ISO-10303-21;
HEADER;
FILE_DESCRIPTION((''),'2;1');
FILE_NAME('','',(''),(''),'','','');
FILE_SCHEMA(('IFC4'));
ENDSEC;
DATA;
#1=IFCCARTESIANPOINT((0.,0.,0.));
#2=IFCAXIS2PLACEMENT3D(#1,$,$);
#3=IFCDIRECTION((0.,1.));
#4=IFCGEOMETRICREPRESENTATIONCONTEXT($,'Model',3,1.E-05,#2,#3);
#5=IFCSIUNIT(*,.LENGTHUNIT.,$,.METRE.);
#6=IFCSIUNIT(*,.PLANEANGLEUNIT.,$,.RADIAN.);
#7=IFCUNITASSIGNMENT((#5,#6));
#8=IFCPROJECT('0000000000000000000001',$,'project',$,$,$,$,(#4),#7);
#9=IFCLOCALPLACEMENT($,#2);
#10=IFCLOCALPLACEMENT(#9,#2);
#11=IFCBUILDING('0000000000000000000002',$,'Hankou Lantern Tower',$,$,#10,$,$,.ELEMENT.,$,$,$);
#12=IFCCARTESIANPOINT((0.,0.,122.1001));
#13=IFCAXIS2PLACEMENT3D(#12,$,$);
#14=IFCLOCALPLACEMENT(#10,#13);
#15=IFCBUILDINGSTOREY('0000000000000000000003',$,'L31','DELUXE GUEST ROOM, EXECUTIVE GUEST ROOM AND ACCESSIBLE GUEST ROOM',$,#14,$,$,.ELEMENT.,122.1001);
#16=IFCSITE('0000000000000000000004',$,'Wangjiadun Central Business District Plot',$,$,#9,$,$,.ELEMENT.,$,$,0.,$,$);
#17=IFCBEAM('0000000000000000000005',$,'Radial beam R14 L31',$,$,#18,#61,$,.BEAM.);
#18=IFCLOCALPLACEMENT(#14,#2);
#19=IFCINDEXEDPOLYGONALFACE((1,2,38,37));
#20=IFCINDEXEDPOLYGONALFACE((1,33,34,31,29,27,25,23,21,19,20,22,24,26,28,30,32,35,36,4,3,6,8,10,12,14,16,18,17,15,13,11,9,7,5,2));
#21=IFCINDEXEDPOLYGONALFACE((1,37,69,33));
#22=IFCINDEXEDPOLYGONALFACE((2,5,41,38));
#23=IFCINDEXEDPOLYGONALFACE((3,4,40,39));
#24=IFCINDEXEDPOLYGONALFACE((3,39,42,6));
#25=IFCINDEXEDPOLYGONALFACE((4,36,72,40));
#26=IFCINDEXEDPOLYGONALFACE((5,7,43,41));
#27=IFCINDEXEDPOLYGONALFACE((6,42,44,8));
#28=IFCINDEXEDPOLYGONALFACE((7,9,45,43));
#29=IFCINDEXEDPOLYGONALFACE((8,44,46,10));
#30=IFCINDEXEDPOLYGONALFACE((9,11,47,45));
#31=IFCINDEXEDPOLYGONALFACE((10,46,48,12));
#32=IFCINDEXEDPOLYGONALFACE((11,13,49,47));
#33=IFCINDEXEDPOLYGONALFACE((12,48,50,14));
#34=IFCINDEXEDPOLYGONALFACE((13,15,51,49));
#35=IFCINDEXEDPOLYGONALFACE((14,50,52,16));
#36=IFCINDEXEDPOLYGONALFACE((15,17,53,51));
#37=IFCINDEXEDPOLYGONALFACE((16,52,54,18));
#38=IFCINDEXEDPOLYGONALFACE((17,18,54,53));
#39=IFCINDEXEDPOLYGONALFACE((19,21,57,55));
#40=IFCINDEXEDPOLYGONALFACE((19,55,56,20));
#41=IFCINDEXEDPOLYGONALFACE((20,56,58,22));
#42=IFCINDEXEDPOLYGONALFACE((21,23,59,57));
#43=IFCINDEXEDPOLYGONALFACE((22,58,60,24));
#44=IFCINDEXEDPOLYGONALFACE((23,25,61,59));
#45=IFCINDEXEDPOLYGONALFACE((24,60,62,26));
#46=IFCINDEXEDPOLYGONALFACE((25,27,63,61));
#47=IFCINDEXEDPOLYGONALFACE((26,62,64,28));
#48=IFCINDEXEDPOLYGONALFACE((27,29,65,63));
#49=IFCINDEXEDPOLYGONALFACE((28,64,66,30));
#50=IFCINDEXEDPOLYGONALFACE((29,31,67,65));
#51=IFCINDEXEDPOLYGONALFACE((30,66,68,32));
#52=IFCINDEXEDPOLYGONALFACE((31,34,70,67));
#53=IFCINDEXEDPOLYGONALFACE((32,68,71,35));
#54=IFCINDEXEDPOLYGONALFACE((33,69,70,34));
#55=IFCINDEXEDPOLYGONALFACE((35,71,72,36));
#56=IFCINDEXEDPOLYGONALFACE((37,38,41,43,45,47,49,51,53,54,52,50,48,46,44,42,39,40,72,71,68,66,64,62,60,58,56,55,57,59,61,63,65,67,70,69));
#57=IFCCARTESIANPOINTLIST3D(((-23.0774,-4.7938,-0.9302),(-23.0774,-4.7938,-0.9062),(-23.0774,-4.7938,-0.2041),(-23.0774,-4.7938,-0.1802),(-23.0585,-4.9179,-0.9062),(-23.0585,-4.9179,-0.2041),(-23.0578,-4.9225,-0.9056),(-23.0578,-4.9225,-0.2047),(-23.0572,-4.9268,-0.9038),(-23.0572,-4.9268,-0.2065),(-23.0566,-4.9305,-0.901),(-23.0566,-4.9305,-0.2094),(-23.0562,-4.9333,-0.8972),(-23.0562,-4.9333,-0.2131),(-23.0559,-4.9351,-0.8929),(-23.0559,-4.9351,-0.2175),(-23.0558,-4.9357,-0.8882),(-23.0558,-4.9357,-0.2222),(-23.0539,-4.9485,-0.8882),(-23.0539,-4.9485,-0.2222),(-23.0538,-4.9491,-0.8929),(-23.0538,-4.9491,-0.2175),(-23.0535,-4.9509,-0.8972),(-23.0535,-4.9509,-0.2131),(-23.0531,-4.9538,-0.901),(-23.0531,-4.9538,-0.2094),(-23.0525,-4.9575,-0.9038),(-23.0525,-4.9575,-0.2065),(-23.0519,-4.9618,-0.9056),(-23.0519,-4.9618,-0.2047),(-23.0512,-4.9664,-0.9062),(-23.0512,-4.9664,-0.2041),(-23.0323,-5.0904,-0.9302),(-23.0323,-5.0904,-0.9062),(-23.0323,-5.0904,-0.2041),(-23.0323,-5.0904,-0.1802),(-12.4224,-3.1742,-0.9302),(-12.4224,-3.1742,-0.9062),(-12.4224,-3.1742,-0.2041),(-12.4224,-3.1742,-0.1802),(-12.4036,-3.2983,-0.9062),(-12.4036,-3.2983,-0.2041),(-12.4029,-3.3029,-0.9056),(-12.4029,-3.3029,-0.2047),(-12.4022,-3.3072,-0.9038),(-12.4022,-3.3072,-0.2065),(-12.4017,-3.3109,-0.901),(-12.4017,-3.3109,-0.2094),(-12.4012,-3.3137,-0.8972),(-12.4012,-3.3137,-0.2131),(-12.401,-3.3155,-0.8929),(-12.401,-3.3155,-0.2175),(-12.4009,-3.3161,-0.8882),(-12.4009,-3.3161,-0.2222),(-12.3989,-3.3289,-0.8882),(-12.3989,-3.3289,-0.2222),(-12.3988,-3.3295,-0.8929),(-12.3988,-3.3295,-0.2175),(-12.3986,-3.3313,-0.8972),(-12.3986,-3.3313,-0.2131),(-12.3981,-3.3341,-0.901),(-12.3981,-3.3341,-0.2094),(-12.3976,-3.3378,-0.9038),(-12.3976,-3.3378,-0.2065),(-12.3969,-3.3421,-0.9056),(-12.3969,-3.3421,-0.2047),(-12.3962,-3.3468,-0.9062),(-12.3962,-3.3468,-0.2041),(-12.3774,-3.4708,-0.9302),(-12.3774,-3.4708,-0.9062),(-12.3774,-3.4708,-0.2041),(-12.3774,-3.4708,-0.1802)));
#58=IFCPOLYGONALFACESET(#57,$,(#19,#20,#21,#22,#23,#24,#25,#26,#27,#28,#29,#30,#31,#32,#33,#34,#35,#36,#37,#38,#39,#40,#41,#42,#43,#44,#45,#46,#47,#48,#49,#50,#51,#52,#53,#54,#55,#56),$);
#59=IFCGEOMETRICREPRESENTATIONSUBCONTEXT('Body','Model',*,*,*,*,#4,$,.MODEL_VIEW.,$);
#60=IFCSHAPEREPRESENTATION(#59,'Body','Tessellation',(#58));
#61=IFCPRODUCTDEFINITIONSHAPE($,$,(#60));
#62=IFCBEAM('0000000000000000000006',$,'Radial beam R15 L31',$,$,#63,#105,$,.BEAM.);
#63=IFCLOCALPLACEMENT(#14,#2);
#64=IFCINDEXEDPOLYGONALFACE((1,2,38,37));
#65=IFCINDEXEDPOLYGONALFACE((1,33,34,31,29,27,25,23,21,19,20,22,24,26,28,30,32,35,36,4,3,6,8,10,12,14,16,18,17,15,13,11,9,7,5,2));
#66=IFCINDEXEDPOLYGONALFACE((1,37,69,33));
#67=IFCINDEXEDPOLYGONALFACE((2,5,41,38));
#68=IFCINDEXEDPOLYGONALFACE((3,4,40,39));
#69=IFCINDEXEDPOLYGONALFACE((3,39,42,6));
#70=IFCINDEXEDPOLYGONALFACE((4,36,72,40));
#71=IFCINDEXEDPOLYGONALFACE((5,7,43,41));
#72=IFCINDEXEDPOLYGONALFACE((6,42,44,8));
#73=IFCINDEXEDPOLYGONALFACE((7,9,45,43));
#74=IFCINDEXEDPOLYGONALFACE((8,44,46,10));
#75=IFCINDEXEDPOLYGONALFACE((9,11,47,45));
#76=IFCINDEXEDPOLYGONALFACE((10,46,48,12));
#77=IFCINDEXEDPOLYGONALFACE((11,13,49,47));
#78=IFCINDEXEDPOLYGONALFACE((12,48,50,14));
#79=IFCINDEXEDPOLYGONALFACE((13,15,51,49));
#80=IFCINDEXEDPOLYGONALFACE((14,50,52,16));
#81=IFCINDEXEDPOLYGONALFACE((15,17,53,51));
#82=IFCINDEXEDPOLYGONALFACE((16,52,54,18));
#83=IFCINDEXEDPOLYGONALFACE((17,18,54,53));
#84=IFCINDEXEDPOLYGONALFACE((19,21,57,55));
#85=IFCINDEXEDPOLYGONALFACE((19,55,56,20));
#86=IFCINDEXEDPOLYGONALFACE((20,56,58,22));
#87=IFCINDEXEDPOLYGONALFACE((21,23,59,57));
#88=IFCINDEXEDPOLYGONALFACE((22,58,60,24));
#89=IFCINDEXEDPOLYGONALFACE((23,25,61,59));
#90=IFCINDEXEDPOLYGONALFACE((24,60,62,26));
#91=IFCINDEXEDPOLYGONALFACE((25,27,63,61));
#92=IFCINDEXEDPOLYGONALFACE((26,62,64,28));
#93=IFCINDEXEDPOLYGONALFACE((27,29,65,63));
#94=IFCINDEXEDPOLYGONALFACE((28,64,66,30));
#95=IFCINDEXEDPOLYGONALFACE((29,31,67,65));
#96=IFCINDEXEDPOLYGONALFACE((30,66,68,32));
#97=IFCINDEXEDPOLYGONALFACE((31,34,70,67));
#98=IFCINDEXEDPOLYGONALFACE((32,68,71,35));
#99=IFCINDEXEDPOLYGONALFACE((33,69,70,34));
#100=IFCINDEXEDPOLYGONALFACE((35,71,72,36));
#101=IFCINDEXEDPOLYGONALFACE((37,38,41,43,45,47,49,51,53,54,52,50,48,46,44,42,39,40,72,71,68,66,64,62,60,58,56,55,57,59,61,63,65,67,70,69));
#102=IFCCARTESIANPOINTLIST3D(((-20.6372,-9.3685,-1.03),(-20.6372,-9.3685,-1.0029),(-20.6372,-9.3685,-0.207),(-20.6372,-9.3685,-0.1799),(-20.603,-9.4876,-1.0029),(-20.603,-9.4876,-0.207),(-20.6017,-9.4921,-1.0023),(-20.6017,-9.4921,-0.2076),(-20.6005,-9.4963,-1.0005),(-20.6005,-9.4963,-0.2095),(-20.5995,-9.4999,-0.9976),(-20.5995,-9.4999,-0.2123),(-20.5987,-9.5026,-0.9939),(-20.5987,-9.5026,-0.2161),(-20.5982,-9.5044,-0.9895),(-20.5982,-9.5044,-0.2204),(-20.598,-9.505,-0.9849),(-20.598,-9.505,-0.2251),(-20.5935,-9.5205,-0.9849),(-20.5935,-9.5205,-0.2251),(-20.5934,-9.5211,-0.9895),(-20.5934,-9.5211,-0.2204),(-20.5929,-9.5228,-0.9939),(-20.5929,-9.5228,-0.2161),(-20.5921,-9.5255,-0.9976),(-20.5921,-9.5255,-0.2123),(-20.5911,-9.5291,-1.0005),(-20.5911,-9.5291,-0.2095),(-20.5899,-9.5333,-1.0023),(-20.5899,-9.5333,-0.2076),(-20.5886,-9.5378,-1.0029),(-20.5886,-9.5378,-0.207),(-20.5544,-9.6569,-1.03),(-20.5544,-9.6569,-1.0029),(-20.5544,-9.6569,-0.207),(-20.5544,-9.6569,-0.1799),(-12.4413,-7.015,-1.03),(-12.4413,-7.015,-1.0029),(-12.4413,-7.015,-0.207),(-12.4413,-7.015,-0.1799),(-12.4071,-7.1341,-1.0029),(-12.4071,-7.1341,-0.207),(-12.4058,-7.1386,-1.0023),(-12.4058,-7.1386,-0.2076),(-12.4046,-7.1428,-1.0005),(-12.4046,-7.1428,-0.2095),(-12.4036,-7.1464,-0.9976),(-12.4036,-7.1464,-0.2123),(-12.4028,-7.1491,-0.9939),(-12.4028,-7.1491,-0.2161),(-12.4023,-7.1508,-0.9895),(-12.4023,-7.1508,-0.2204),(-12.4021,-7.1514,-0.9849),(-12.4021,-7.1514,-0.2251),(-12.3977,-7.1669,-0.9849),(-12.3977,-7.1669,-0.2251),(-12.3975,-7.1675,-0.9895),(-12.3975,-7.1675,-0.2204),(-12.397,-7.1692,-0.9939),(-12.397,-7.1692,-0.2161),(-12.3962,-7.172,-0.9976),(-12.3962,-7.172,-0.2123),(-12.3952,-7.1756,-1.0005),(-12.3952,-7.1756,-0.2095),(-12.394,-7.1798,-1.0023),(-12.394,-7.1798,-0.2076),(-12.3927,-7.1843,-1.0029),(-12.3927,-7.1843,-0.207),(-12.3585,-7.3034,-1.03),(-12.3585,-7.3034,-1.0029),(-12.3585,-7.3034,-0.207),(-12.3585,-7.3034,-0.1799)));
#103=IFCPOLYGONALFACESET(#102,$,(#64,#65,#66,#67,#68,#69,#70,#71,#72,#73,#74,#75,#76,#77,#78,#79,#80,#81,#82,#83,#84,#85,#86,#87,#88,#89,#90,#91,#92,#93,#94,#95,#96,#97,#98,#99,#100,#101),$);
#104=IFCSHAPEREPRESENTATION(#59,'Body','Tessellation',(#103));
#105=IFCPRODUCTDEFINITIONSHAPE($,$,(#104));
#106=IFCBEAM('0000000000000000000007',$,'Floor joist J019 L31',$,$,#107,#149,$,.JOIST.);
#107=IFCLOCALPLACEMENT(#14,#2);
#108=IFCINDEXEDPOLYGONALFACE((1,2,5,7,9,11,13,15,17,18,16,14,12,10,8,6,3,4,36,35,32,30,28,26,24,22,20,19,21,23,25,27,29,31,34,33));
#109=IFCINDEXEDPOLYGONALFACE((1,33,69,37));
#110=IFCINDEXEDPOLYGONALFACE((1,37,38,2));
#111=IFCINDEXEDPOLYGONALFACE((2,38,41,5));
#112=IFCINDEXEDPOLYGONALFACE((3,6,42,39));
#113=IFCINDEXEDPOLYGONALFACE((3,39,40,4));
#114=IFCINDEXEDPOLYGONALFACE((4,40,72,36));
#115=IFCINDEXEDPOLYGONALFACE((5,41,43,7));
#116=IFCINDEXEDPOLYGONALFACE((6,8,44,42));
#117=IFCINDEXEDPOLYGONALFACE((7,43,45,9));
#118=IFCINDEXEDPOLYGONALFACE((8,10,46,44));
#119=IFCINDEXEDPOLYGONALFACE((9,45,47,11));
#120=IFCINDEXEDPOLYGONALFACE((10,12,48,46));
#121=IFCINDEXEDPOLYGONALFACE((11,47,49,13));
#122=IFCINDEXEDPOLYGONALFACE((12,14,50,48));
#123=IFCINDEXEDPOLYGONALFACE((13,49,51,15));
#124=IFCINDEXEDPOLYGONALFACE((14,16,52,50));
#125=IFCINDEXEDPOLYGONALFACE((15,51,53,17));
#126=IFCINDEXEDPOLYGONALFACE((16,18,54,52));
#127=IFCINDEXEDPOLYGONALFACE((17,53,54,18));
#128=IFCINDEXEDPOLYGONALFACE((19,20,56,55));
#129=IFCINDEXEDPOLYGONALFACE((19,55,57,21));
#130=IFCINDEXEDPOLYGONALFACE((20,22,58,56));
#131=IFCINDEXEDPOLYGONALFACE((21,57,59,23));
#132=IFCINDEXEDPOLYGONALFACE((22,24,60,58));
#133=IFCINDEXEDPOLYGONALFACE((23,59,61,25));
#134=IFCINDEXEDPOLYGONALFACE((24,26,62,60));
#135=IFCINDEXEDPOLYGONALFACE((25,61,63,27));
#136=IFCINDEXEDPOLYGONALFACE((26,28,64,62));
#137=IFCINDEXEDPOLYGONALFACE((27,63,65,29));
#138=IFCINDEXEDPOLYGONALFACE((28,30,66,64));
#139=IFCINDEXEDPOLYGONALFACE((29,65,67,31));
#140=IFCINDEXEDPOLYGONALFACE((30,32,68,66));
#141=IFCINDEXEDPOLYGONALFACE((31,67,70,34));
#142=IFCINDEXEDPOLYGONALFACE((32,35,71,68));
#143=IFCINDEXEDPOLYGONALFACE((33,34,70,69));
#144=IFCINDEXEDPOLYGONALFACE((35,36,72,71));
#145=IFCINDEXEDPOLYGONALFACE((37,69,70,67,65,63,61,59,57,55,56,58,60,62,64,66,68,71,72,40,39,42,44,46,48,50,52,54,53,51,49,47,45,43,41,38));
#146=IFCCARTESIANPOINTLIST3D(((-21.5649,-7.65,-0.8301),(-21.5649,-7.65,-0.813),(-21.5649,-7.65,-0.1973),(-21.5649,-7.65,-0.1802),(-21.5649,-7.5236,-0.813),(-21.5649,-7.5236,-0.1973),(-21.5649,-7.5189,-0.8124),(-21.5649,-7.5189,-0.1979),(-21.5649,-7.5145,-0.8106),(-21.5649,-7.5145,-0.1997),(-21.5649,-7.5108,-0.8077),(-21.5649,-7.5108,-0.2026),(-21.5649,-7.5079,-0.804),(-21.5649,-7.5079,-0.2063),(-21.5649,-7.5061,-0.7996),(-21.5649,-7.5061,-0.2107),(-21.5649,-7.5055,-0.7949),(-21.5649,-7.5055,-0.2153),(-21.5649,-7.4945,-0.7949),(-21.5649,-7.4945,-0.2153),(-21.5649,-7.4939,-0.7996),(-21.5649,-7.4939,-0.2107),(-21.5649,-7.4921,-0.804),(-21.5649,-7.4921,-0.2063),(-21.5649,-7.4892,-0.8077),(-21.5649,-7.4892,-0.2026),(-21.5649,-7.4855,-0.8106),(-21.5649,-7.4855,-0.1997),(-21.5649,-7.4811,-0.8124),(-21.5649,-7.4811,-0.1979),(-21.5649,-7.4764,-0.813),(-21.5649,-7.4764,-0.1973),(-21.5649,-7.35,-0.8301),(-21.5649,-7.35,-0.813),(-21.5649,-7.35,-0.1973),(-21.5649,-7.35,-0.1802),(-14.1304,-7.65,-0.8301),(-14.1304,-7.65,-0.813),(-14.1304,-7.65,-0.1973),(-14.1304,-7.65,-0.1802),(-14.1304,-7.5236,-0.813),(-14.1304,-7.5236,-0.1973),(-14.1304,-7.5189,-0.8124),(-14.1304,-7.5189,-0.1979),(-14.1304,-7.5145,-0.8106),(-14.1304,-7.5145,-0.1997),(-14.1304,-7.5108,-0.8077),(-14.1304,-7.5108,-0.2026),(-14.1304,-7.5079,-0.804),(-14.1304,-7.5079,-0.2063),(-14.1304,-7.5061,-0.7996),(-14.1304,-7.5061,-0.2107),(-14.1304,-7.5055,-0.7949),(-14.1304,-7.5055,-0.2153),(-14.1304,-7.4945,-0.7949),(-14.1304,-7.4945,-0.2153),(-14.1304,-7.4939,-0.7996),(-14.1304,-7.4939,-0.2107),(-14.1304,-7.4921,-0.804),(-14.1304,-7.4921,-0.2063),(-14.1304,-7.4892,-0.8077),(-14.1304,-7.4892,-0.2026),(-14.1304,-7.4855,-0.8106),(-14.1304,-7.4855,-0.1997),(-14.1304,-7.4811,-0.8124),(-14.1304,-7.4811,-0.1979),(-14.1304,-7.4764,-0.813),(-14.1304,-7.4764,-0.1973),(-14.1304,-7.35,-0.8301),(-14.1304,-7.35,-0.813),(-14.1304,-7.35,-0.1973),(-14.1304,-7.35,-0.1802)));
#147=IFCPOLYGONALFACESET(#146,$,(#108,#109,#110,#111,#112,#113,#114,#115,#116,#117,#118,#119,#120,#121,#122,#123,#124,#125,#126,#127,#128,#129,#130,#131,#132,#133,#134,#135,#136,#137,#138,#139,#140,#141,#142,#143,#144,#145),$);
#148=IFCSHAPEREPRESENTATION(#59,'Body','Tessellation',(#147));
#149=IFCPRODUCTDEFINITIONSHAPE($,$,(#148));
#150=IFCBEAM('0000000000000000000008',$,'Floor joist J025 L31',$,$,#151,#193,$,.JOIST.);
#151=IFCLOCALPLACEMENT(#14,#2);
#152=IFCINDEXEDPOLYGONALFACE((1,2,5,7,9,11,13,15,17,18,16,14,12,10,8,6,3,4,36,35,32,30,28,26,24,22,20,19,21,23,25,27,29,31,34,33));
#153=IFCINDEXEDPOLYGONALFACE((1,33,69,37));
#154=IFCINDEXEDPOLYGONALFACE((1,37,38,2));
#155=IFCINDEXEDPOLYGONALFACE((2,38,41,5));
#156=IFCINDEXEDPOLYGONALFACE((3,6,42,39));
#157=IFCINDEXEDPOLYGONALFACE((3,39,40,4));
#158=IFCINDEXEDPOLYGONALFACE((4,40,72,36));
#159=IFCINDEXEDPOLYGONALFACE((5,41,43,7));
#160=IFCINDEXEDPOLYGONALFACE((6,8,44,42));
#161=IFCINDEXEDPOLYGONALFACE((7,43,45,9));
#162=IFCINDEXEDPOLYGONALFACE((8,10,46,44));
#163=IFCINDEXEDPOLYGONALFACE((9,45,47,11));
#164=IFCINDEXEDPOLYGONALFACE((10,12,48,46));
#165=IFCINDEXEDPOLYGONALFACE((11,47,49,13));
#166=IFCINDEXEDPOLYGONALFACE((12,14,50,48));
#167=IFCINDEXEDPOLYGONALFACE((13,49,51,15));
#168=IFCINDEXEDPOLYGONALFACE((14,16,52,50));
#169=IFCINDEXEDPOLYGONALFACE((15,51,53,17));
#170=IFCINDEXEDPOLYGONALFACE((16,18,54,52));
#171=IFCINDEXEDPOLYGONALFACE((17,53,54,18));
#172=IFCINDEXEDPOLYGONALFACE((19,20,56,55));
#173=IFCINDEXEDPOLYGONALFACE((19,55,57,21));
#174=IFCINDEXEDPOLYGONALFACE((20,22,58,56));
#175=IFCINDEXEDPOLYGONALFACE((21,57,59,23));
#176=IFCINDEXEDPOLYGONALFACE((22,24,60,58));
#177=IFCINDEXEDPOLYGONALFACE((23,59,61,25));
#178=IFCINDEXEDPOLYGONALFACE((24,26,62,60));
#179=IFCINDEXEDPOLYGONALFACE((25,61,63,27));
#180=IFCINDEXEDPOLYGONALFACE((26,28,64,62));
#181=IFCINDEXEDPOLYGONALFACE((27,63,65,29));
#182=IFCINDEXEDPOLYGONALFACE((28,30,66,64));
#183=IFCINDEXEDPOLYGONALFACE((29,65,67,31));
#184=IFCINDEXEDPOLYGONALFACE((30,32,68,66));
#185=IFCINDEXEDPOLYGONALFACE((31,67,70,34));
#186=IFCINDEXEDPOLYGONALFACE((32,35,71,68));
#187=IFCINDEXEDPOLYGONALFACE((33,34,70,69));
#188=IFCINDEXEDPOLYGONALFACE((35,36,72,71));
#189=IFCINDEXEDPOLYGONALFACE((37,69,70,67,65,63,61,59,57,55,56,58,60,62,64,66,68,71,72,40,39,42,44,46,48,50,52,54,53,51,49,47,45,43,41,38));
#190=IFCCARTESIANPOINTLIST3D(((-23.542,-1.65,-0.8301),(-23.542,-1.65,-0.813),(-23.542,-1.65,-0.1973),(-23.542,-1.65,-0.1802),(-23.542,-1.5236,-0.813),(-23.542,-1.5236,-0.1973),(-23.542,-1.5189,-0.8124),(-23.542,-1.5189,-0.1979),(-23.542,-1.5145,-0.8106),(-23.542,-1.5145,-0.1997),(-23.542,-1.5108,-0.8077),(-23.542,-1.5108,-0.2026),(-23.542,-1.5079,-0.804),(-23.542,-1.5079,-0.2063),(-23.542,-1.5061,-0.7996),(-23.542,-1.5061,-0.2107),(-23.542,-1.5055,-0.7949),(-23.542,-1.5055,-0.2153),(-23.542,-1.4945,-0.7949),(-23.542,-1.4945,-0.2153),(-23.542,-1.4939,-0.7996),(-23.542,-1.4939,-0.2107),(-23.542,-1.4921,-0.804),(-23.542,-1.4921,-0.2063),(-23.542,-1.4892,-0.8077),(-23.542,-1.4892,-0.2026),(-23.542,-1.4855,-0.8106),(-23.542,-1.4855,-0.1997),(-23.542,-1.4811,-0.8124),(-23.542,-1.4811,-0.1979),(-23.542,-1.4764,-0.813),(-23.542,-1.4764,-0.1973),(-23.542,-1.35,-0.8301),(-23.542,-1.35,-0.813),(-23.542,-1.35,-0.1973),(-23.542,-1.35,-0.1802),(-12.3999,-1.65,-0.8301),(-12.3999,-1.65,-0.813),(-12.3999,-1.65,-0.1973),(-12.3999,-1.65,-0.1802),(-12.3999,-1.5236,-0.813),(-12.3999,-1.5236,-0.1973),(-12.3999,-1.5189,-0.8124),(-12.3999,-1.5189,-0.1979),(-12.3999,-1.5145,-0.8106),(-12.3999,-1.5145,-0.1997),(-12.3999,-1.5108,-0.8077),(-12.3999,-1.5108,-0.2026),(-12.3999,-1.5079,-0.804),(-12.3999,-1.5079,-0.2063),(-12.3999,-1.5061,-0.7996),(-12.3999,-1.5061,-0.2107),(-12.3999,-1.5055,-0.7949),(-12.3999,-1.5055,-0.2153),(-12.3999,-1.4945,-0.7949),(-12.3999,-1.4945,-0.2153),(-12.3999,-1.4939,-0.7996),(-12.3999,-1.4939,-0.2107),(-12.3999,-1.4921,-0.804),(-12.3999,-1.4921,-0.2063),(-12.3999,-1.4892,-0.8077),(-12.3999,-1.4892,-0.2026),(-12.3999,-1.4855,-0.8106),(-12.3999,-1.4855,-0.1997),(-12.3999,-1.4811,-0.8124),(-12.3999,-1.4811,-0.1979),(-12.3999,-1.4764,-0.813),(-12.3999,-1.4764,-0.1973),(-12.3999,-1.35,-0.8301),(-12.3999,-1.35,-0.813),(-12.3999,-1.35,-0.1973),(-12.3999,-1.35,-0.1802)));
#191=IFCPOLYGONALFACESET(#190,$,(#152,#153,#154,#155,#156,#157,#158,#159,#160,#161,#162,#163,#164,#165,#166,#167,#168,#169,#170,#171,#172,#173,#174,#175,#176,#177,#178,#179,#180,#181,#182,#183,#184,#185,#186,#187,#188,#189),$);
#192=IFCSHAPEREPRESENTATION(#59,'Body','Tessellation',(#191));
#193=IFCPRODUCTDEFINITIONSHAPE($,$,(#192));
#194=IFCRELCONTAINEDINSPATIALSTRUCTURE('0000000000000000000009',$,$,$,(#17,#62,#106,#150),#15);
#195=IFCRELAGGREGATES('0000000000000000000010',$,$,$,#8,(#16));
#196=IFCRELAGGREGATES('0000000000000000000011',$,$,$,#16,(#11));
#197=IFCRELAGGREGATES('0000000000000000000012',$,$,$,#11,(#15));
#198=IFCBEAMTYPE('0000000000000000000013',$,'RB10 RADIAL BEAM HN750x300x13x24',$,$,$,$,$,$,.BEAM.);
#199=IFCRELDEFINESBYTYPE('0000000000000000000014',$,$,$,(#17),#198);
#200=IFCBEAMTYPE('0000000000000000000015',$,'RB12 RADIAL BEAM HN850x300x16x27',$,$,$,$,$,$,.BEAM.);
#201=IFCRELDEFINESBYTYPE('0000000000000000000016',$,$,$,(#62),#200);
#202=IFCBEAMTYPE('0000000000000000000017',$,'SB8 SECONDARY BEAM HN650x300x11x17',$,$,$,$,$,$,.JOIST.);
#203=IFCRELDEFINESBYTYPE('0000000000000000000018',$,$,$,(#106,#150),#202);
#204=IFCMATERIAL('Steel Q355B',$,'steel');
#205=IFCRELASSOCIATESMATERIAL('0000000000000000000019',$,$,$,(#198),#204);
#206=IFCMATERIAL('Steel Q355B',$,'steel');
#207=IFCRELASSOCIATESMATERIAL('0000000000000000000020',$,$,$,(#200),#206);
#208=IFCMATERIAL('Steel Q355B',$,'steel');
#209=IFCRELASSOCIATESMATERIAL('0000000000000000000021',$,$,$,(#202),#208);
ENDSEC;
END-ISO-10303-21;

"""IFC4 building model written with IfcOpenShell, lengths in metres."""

from ifc_helpers import new_model, si_unit, direction, frame, origin, origin_2d, place, context, subcontext, project, spatial, i_section, extrude, material, material_profile, profile_set, type_object, element, save


model = new_model("IFC4")

# Units and contexts
model_context = context("Model", 3, precision=1e-05, world=origin(), true_north=direction((0.0, 1.0)))
body_context = subcontext(model_context, "Body", "Model", "MODEL_VIEW")
ifc_project = project(units=[si_unit("LENGTHUNIT", "METRE"), si_unit("PLANEANGLEUNIT", "RADIAN")], contexts=[model_context])

# Site, building, storey
site_placement = place(None, origin())
site = spatial("IfcSite", under=ifc_project, at=site_placement, Name="Wangjiadun Central Business District Plot", CompositionType="ELEMENT", RefElevation=0.0)
building_placement = place(site_placement, origin())
building = spatial("IfcBuilding", under=site, at=building_placement, Name="Hankou Lantern Tower", CompositionType="ELEMENT")
storey_placement = place(building_placement, frame((0.0, 0.0, 122.1001)))
storey = spatial("IfcBuildingStorey", under=building, at=storey_placement, Name="L31", Description="DELUXE GUEST ROOM, EXECUTIVE GUEST ROOM AND ACCESSIBLE GUEST ROOM", CompositionType="ELEMENT", Elevation=122.1001)

# Beams
ifc_material_1 = material(Name="Steel Q355B", Category="steel")
ifc_material_profile_1 = material_profile(ifc_material_1, i_section(OverallWidth=0.3, OverallDepth=0.75, WebThickness=0.0129, FlangeThickness=0.0239, FilletRadius=0.0181, at=origin_2d()), Name="HN750x300x13x24")
ifc_profile_set_1 = profile_set([ifc_material_profile_1], Name="Steel Q355B")
beam_type_1 = type_object("IfcBeamType", Name="RB10 RADIAL BEAM HN750x300x13x24", PredefinedType="BEAM", material=ifc_profile_set_1)
beam_1_placement = place(storey_placement, frame((-12.3999, -3.3225, -0.5552), z_axis=(-0.988644, -0.15028, 0.0), x_axis=(0.15028, -0.988644, 0.0)))
element("IfcBeam", 1, at=beam_1_placement, inside=storey, type_object=beam_type_1, Name="Radial beam R14 L31", PredefinedType="BEAM", context=body_context, shape_type="SweptSolid", body=[
    extrude(i_section(OverallWidth=0.3, OverallDepth=0.75, WebThickness=0.0129, FlangeThickness=0.0239, FilletRadius=0.0181, at=origin_2d()), origin(), (0.0, 0.0, 1.0), 10.7773),
])
ifc_material_2 = material(Name="Steel Q355B", Category="steel")
ifc_material_profile_2 = material_profile(ifc_material_2, i_section(OverallWidth=0.3, OverallDepth=0.8501, WebThickness=0.0161, FlangeThickness=0.0271, FilletRadius=0.0181, at=origin_2d()), Name="HN850x300x16x27")
ifc_profile_set_2 = profile_set([ifc_material_profile_2], Name="Steel Q355B")
beam_type_2 = type_object("IfcBeamType", Name="RB12 RADIAL BEAM HN850x300x16x27", PredefinedType="BEAM", material=ifc_profile_set_2)
beam_2_placement = place(storey_placement, frame((-12.3999, -7.1592, -0.605), z_axis=(-0.961156, -0.276007, 0.0), x_axis=(0.276007, -0.961156, 0.0)))
element("IfcBeam", 2, at=beam_2_placement, inside=storey, type_object=beam_type_2, Name="Radial beam R15 L31", PredefinedType="BEAM", context=body_context, shape_type="SweptSolid", body=[
    extrude(i_section(OverallWidth=0.3, OverallDepth=0.8501, WebThickness=0.0161, FlangeThickness=0.0271, FilletRadius=0.0181, at=origin_2d()), origin(), (0.0, 0.0, 1.0), 8.5271),
])
ifc_material_3 = material(Name="Steel Q355B", Category="steel")
ifc_material_profile_3 = material_profile(ifc_material_3, i_section(OverallWidth=0.3, OverallDepth=0.6499, WebThickness=0.011, FlangeThickness=0.0171, FilletRadius=0.0181, at=origin_2d()), Name="HN650x300x11x17")
ifc_profile_set_3 = profile_set([ifc_material_profile_3], Name="Steel Q355B")
beam_type_3 = type_object("IfcBeamType", Name="SB8 SECONDARY BEAM HN650x300x11x17", PredefinedType="JOIST", material=ifc_profile_set_3)
beam_3_placement = place(storey_placement, frame((-21.5649, -7.5, -0.5051), z_axis=(1.0, 0.0, 0.0), x_axis=(0.0, 1.0, 0.0)))
element("IfcBeam", 3, at=beam_3_placement, inside=storey, type_object=beam_type_3, Name="Floor joist J019 L31", PredefinedType="JOIST", context=body_context, shape_type="SweptSolid", body=[
    extrude(i_section(OverallWidth=0.3, OverallDepth=0.6499, WebThickness=0.011, FlangeThickness=0.0171, FilletRadius=0.0181, at=origin_2d()), origin(), (0.0, 0.0, 1.0), 7.4346),
])
beam_4_placement = place(storey_placement, frame((-23.542, -1.5, -0.5051), z_axis=(1.0, 0.0, 0.0), x_axis=(0.0, 1.0, 0.0)))
element("IfcBeam", 4, at=beam_4_placement, inside=storey, type_object=beam_type_3, Name="Floor joist J025 L31", PredefinedType="JOIST", context=body_context, shape_type="SweptSolid", body=[
    extrude(i_section(OverallWidth=0.3, OverallDepth=0.6499, WebThickness=0.011, FlangeThickness=0.0171, FilletRadius=0.0181, at=origin_2d()), origin(), (0.0, 0.0, 1.0), 11.1421),
])

save(model, "model.ifc")
